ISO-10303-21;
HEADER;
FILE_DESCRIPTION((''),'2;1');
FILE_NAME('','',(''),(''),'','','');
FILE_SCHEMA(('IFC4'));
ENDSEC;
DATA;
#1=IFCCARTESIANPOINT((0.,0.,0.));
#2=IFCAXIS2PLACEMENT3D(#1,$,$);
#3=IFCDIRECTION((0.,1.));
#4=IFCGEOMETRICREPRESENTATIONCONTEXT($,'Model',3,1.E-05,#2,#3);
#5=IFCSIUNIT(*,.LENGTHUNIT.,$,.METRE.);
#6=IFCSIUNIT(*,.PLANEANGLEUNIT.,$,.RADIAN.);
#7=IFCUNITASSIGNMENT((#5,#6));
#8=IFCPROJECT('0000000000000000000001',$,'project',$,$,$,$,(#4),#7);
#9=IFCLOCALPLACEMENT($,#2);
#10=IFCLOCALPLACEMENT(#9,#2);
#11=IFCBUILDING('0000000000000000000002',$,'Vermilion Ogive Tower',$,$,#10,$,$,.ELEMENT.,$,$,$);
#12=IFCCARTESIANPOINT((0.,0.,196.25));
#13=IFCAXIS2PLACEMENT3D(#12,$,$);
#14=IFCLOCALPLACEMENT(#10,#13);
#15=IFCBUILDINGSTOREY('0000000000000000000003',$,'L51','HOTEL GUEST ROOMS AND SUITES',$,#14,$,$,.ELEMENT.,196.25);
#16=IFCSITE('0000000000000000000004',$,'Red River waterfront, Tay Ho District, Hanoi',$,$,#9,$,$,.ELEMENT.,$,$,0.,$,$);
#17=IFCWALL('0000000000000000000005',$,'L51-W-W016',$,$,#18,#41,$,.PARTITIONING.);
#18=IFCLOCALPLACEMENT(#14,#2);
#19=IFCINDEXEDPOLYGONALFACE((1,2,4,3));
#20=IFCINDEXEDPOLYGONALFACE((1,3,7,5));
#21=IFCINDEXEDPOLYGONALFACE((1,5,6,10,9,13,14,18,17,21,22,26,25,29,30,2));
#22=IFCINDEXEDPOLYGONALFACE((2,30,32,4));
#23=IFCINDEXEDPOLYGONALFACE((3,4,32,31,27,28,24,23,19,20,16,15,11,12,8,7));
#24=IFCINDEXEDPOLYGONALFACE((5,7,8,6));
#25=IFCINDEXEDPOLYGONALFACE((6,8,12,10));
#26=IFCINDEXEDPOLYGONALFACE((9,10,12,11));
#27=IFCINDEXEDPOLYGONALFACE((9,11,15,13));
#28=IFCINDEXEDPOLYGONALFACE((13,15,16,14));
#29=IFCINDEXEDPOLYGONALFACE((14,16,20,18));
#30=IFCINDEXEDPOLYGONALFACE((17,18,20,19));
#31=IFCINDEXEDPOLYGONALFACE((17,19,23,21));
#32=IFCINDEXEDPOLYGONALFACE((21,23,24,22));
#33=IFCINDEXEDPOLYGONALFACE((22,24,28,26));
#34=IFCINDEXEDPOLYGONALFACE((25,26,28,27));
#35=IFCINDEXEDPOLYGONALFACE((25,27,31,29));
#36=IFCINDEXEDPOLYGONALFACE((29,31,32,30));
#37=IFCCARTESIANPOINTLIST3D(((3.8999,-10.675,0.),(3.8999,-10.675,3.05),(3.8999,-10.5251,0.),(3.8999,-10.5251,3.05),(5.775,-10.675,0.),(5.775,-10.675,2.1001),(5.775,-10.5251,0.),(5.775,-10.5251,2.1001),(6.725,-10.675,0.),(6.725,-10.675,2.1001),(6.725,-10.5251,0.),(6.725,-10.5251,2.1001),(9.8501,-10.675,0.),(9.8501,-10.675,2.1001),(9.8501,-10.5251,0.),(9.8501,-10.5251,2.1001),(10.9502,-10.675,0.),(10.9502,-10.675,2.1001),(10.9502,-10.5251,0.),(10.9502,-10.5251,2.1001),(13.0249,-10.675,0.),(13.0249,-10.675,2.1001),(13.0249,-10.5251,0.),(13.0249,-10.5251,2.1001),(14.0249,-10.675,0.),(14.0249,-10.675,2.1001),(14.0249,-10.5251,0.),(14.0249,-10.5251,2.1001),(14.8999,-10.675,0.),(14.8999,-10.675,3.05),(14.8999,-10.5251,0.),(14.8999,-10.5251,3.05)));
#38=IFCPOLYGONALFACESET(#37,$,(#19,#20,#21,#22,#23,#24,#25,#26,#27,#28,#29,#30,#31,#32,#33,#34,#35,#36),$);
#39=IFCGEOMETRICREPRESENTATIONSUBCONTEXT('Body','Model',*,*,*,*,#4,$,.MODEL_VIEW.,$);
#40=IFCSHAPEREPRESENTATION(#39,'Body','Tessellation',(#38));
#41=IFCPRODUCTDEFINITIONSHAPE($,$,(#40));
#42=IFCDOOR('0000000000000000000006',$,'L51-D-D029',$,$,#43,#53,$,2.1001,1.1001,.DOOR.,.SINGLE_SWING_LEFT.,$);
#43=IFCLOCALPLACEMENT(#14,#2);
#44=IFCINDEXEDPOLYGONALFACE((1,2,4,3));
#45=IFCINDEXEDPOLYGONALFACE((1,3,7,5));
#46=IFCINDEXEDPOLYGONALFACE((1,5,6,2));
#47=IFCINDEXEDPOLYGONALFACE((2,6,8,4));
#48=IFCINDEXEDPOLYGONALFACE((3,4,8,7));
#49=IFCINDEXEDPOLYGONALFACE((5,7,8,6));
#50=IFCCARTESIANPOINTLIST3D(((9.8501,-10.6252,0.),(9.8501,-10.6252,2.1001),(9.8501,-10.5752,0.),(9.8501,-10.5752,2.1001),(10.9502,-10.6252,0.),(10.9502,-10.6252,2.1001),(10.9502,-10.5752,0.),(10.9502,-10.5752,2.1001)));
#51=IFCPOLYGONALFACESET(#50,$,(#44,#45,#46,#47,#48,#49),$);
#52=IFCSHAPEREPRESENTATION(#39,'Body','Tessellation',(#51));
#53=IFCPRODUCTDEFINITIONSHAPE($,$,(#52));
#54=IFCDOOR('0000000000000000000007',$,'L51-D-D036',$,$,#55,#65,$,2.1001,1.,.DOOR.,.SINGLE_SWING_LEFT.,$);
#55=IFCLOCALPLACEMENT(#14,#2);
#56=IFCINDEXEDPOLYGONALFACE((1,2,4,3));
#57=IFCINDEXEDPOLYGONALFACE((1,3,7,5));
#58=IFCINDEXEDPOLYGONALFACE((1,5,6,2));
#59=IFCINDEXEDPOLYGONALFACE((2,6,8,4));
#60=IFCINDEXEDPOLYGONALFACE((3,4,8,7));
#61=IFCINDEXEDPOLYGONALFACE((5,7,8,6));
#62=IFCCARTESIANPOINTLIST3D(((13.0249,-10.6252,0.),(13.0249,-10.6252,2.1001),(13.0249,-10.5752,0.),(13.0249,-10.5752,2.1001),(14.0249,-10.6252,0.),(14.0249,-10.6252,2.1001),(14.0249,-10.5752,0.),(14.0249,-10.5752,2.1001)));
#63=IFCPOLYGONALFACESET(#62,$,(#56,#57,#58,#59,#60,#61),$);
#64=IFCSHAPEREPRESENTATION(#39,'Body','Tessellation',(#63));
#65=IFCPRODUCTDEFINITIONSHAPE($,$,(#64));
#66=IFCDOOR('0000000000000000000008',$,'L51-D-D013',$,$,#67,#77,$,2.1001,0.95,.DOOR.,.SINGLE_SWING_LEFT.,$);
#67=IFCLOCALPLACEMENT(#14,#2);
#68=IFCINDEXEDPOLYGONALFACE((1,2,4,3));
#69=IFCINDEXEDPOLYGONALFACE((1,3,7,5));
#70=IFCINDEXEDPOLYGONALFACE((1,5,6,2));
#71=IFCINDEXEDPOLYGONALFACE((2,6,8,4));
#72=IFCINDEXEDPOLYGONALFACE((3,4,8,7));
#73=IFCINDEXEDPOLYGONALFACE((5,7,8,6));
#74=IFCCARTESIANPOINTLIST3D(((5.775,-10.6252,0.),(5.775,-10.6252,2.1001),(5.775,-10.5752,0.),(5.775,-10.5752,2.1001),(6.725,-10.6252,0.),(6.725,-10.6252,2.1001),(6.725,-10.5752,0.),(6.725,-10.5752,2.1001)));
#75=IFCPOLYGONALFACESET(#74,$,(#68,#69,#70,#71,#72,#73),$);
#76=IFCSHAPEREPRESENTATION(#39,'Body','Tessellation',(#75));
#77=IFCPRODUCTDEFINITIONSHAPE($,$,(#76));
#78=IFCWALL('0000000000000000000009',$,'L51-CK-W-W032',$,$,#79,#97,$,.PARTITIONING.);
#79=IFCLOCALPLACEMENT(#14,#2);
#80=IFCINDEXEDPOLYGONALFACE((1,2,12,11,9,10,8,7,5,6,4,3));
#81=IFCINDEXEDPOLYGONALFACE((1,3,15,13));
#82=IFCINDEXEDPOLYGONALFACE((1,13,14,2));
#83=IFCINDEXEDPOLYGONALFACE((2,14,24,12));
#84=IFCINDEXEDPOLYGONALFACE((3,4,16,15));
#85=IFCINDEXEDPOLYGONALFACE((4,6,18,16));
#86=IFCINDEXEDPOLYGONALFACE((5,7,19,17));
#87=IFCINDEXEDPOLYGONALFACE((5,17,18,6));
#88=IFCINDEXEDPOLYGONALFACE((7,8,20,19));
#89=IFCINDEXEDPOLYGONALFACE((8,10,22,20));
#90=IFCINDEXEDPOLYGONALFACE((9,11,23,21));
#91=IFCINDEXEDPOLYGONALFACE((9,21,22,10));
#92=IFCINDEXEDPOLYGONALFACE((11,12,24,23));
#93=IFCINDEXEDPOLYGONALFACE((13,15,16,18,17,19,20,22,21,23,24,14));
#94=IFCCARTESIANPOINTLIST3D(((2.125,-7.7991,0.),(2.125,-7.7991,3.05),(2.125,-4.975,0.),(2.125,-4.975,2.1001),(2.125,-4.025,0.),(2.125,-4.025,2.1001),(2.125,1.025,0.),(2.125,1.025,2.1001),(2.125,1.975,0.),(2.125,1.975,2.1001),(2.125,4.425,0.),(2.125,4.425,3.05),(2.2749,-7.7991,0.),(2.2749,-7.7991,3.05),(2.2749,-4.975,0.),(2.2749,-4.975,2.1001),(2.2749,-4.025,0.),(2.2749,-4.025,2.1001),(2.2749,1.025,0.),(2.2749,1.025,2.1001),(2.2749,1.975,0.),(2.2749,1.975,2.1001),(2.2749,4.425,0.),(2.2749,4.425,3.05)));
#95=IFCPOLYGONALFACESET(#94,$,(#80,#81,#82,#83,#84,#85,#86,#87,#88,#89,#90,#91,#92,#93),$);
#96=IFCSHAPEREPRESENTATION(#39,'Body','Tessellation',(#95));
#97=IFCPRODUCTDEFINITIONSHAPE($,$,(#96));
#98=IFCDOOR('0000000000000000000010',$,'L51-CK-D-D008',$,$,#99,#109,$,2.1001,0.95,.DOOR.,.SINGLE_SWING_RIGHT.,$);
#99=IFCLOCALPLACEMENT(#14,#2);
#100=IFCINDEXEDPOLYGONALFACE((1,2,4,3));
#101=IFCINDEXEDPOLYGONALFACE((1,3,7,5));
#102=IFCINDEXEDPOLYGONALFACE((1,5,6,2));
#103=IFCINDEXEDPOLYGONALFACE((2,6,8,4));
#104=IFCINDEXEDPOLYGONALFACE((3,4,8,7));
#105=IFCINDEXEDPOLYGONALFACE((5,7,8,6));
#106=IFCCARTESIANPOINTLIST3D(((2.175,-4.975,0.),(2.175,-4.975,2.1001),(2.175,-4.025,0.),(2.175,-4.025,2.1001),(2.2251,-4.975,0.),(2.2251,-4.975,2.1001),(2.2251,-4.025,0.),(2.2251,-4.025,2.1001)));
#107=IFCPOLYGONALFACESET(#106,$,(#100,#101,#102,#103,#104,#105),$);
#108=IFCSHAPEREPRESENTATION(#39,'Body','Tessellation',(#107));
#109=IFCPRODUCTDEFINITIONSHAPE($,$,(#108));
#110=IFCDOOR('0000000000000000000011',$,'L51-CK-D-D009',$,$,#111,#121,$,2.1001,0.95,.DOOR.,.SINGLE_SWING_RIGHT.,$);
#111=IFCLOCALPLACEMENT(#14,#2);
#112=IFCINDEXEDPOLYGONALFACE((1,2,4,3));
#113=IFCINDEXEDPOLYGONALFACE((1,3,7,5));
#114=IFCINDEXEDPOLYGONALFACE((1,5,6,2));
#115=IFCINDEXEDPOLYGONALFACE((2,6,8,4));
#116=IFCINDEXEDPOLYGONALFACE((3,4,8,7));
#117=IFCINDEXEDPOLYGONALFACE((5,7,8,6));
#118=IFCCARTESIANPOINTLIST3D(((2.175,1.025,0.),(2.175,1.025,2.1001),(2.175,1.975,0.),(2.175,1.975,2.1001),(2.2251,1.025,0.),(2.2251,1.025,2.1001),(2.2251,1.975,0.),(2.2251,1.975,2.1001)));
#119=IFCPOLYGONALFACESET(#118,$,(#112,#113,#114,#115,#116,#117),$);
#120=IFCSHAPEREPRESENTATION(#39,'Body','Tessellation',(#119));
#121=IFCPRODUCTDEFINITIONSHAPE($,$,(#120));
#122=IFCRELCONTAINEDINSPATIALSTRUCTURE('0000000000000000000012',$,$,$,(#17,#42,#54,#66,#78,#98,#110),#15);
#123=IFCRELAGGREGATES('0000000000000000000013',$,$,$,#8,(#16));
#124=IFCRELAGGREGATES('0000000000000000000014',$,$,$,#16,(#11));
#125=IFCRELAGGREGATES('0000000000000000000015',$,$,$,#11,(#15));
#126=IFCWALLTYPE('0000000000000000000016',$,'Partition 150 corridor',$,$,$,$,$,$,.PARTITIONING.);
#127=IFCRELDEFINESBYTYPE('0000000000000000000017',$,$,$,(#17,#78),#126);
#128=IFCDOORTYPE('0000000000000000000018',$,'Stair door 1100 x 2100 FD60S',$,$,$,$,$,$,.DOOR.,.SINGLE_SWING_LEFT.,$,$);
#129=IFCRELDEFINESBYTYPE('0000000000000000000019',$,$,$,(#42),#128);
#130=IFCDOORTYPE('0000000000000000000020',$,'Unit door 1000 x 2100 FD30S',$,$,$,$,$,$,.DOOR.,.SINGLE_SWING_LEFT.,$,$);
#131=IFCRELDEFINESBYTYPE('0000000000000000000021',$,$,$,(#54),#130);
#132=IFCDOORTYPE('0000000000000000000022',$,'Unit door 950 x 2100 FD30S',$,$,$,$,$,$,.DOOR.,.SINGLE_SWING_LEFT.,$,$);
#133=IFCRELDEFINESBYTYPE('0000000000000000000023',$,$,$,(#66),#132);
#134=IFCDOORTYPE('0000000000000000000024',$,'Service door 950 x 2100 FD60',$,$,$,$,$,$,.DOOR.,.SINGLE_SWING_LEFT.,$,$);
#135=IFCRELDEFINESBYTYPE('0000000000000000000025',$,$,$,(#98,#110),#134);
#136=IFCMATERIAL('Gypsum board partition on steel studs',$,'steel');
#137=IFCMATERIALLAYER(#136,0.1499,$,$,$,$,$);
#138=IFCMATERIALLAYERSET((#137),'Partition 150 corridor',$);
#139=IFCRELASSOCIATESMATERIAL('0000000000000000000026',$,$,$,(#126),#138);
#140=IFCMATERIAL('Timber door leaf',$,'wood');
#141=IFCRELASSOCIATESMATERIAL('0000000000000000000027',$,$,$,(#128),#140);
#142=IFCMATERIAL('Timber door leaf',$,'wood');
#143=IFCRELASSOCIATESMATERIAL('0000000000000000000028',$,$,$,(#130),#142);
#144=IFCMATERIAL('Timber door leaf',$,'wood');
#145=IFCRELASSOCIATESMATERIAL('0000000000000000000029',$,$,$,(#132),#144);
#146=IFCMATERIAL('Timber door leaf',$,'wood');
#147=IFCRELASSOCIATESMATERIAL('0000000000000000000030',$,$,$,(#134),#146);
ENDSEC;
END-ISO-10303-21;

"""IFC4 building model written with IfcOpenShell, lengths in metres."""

from ifc_helpers import new_model, si_unit, direction, frame, frame_2d, origin, place, context, subcontext, project, spatial, rectangle, extrude, material, layer, layer_set, type_object, element, fill, save


model = new_model("IFC4")

# Units and contexts
model_context = context("Model", 3, precision=1e-05, world=origin(), true_north=direction((0.0, 1.0)))
body_context = subcontext(model_context, "Body", "Model", "MODEL_VIEW")
ifc_project = project(units=[si_unit("LENGTHUNIT", "METRE"), si_unit("PLANEANGLEUNIT", "RADIAN")], contexts=[model_context])

# Site, building, storey
site_placement = place(None, origin())
site = spatial("IfcSite", under=ifc_project, at=site_placement, Name="Red River waterfront, Tay Ho District, Hanoi", CompositionType="ELEMENT", RefElevation=0.0)
building_placement = place(site_placement, origin())
building = spatial("IfcBuilding", under=site, at=building_placement, Name="Vermilion Ogive Tower", CompositionType="ELEMENT")
storey_placement = place(building_placement, frame((0.0, 0.0, 196.25)))
storey = spatial("IfcBuildingStorey", under=building, at=storey_placement, Name="L51", Description="HOTEL GUEST ROOMS AND SUITES", CompositionType="ELEMENT", Elevation=196.25)

# Walls, openings, doors
ifc_material_1 = material(Name="Gypsum board partition on steel studs", Category="steel")
ifc_layer_1 = layer(ifc_material_1, 0.1499)
ifc_layer_set_1 = layer_set([ifc_layer_1], Name="Partition 150 corridor")
wall_type_1 = type_object("IfcWallType", Name="Partition 150 corridor", PredefinedType="PARTITIONING", material=ifc_layer_set_1)
wall_1_placement = place(storey_placement, frame((3.8999, -10.6001, 0.0), z_axis=(0.0, 0.0, 1.0), x_axis=(1.0, 0.0, 0.0)))
wall_1 = element("IfcWall", 1, at=wall_1_placement, inside=storey, type_object=wall_type_1, Name="L51-W-W016", PredefinedType="PARTITIONING", context=body_context, shape_type="SweptSolid", body=[
    extrude(rectangle(XDim=11.0, YDim=0.1499, at=frame_2d((5.5, 0.0))), origin(), (0.0, 0.0, 1.0), 3.05),
])
opening_1_placement = place(wall_1_placement, frame((1.875, 0.0, 0.0)))
opening_1 = element("IfcOpeningElement", 2, at=opening_1_placement, cuts=wall_1, PredefinedType="OPENING", context=body_context, shape_type="SweptSolid", body=[
    extrude(rectangle(XDim=0.95, YDim=2.1001, at=frame_2d((0.4751, 1.05))), frame((0.0, 0.085, 0.0), z_axis=(0.0, -1.0, 0.0), x_axis=(1.0, 0.0, 0.0)), (0.0, 0.0, 1.0), 0.1699),
])
opening_2_placement = place(wall_1_placement, frame((5.9502, 0.0, 0.0)))
opening_2 = element("IfcOpeningElement", 3, at=opening_2_placement, cuts=wall_1, PredefinedType="OPENING", context=body_context, shape_type="SweptSolid", body=[
    extrude(rectangle(XDim=1.1001, YDim=2.1001, at=frame_2d((0.55, 1.05))), frame((0.0, 0.085, 0.0), z_axis=(0.0, -1.0, 0.0), x_axis=(1.0, 0.0, 0.0)), (0.0, 0.0, 1.0), 0.1699),
])
opening_3_placement = place(wall_1_placement, frame((9.125, 0.0, 0.0)))
opening_3 = element("IfcOpeningElement", 4, at=opening_3_placement, cuts=wall_1, PredefinedType="OPENING", context=body_context, shape_type="SweptSolid", body=[
    extrude(rectangle(XDim=1.0, YDim=2.1001, at=frame_2d((0.5, 1.05))), frame((0.0, 0.085, 0.0), z_axis=(0.0, -1.0, 0.0), x_axis=(1.0, 0.0, 0.0)), (0.0, 0.0, 1.0), 0.1699),
])
ifc_material_2 = material(Name="Timber door leaf", Category="wood")
door_type_1 = type_object("IfcDoorType", Name="Stair door 1100 x 2100 FD60S", OperationType="SINGLE_SWING_LEFT", PredefinedType="DOOR", material=ifc_material_2)
door_1_placement = place(opening_2_placement, origin())
door_1 = element("IfcDoor", 5, at=door_1_placement, inside=storey, type_object=door_type_1, Name="L51-D-D029", OperationType="SINGLE_SWING_LEFT", OverallHeight=2.1001, OverallWidth=1.1001, PredefinedType="DOOR", context=body_context, shape_type="SweptSolid", body=[
    extrude(rectangle(XDim=1.1001, YDim=2.1001, at=frame_2d((0.55, 1.05))), frame((0.0, 0.0249, 0.0), z_axis=(0.0, -1.0, 0.0), x_axis=(1.0, 0.0, 0.0)), (0.0, 0.0, 1.0), 0.05),
])
fill(opening_2, door_1)
ifc_material_3 = material(Name="Timber door leaf", Category="wood")
door_type_2 = type_object("IfcDoorType", Name="Unit door 1000 x 2100 FD30S", OperationType="SINGLE_SWING_LEFT", PredefinedType="DOOR", material=ifc_material_3)
door_2_placement = place(opening_3_placement, origin())
door_2 = element("IfcDoor", 6, at=door_2_placement, inside=storey, type_object=door_type_2, Name="L51-D-D036", OperationType="SINGLE_SWING_LEFT", OverallHeight=2.1001, OverallWidth=1.0, PredefinedType="DOOR", context=body_context, shape_type="SweptSolid", body=[
    extrude(rectangle(XDim=1.0, YDim=2.1001, at=frame_2d((0.5, 1.05))), frame((0.0, 0.0249, 0.0), z_axis=(0.0, -1.0, 0.0), x_axis=(1.0, 0.0, 0.0)), (0.0, 0.0, 1.0), 0.05),
])
fill(opening_3, door_2)
ifc_material_4 = material(Name="Timber door leaf", Category="wood")
door_type_3 = type_object("IfcDoorType", Name="Unit door 950 x 2100 FD30S", OperationType="SINGLE_SWING_LEFT", PredefinedType="DOOR", material=ifc_material_4)
door_3_placement = place(opening_1_placement, origin())
door_3 = element("IfcDoor", 7, at=door_3_placement, inside=storey, type_object=door_type_3, Name="L51-D-D013", OperationType="SINGLE_SWING_LEFT", OverallHeight=2.1001, OverallWidth=0.95, PredefinedType="DOOR", context=body_context, shape_type="SweptSolid", body=[
    extrude(rectangle(XDim=0.95, YDim=2.1001, at=frame_2d((0.4751, 1.05))), frame((0.0, 0.0249, 0.0), z_axis=(0.0, -1.0, 0.0), x_axis=(1.0, 0.0, 0.0)), (0.0, 0.0, 1.0), 0.05),
])
fill(opening_1, door_3)
wall_2_placement = place(storey_placement, frame((2.2, -7.7991, 0.0), z_axis=(0.0, 0.0, 1.0), x_axis=(0.0, 1.0, 0.0)))
wall_2 = element("IfcWall", 8, at=wall_2_placement, inside=storey, type_object=wall_type_1, Name="L51-CK-W-W032", PredefinedType="PARTITIONING", context=body_context, shape_type="SweptSolid", body=[
    extrude(rectangle(XDim=12.2241, YDim=0.1499, at=frame_2d((6.1121, 0.0))), origin(), (0.0, 0.0, 1.0), 3.05),
])
opening_4_placement = place(wall_2_placement, frame((2.824, 0.0, 0.0)))
opening_4 = element("IfcOpeningElement", 9, at=opening_4_placement, cuts=wall_2, PredefinedType="OPENING", context=body_context, shape_type="SweptSolid", body=[
    extrude(rectangle(XDim=0.95, YDim=2.1001, at=frame_2d((0.4751, 1.05))), frame((0.0, 0.085, 0.0), z_axis=(0.0, -1.0, 0.0), x_axis=(1.0, 0.0, 0.0)), (0.0, 0.0, 1.0), 0.1699),
])
opening_5_placement = place(wall_2_placement, frame((8.824, 0.0, 0.0)))
opening_5 = element("IfcOpeningElement", 10, at=opening_5_placement, cuts=wall_2, PredefinedType="OPENING", context=body_context, shape_type="SweptSolid", body=[
    extrude(rectangle(XDim=0.95, YDim=2.1001, at=frame_2d((0.4751, 1.05))), frame((0.0, 0.085, 0.0), z_axis=(0.0, -1.0, 0.0), x_axis=(1.0, 0.0, 0.0)), (0.0, 0.0, 1.0), 0.1699),
])
ifc_material_5 = material(Name="Timber door leaf", Category="wood")
door_type_4 = type_object("IfcDoorType", Name="Service door 950 x 2100 FD60", OperationType="SINGLE_SWING_LEFT", PredefinedType="DOOR", material=ifc_material_5)
door_4_placement = place(opening_4_placement, origin())
door_4 = element("IfcDoor", 11, at=door_4_placement, inside=storey, type_object=door_type_4, Name="L51-CK-D-D008", OperationType="SINGLE_SWING_RIGHT", OverallHeight=2.1001, OverallWidth=0.95, PredefinedType="DOOR", context=body_context, shape_type="SweptSolid", body=[
    extrude(rectangle(XDim=0.95, YDim=2.1001, at=frame_2d((0.4751, 1.05))), frame((0.0, 0.0249, 0.0), z_axis=(0.0, -1.0, 0.0), x_axis=(1.0, 0.0, 0.0)), (0.0, 0.0, 1.0), 0.05),
])
fill(opening_4, door_4)
door_5_placement = place(opening_5_placement, origin())
door_5 = element("IfcDoor", 12, at=door_5_placement, inside=storey, type_object=door_type_4, Name="L51-CK-D-D009", OperationType="SINGLE_SWING_RIGHT", OverallHeight=2.1001, OverallWidth=0.95, PredefinedType="DOOR", context=body_context, shape_type="SweptSolid", body=[
    extrude(rectangle(XDim=0.95, YDim=2.1001, at=frame_2d((0.4751, 1.05))), frame((0.0, 0.0249, 0.0), z_axis=(0.0, -1.0, 0.0), x_axis=(1.0, 0.0, 0.0)), (0.0, 0.0, 1.0), 0.05),
])
fill(opening_5, door_5)

save(model, "model.ifc")
